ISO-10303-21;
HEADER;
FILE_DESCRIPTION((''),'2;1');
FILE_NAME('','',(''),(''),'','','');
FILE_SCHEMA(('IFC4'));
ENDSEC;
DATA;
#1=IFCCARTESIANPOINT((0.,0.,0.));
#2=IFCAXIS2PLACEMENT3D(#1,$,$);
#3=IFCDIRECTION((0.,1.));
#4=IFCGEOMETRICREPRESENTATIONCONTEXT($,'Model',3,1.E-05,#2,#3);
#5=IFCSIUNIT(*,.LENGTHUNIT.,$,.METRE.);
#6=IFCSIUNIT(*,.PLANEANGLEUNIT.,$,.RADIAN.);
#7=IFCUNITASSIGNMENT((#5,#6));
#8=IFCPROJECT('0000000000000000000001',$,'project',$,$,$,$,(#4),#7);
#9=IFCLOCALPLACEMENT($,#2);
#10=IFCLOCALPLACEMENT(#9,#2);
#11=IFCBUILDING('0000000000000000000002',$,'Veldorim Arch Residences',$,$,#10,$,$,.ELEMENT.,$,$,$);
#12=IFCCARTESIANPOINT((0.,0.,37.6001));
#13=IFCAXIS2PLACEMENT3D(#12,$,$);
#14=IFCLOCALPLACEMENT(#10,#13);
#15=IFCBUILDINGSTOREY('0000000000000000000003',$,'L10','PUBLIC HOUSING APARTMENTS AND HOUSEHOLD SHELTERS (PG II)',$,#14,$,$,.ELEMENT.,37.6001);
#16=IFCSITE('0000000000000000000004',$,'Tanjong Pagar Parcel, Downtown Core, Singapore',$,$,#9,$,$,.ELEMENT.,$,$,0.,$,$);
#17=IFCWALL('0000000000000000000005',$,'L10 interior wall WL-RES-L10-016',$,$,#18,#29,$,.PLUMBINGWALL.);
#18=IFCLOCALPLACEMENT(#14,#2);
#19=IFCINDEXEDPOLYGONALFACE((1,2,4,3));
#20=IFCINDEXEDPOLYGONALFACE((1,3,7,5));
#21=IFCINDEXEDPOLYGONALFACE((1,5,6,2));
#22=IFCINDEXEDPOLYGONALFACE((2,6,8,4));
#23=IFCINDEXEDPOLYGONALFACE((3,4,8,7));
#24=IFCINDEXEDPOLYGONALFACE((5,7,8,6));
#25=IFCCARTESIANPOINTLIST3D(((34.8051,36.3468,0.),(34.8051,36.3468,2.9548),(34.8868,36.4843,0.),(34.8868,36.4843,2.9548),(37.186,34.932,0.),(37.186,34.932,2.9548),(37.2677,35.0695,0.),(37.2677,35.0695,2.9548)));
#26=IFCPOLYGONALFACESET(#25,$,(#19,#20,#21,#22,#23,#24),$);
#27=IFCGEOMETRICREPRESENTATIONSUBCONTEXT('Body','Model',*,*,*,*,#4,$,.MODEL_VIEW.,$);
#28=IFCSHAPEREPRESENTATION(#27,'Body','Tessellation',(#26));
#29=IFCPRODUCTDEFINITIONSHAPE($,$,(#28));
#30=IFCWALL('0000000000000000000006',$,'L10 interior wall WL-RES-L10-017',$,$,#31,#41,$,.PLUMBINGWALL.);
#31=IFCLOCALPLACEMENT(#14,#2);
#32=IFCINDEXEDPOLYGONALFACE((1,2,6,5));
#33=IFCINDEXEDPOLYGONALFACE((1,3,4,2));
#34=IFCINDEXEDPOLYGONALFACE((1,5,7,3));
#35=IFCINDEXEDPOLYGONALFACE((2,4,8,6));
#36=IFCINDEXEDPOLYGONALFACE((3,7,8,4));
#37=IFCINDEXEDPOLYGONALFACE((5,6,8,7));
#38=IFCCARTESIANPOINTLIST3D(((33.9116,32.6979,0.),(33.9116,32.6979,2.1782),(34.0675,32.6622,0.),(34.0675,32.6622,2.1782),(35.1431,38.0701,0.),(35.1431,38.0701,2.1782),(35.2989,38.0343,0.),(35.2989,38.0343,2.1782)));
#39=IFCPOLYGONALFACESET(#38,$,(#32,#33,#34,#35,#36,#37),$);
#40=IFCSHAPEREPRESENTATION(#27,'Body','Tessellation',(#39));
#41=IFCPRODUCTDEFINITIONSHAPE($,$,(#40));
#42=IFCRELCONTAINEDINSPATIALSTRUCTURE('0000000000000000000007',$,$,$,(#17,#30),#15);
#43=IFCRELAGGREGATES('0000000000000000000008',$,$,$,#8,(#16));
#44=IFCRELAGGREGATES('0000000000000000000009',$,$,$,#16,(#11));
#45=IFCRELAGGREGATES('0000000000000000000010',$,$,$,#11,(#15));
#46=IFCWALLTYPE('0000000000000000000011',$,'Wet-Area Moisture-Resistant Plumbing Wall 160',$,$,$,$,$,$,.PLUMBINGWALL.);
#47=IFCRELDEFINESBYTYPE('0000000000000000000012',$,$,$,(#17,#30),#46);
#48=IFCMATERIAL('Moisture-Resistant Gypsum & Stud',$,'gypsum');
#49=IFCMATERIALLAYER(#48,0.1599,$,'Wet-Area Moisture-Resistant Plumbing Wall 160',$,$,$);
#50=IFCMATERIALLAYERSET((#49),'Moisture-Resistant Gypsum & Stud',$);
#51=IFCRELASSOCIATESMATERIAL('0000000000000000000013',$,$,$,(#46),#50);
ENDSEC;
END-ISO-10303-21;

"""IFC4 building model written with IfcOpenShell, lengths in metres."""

from ifc_helpers import new_model, si_unit, direction, frame, frame_2d, origin, place, context, subcontext, project, spatial, rectangle, extrude, material, layer, layer_set, type_object, element, save


model = new_model("IFC4")

# Units and contexts
model_context = context("Model", 3, precision=1e-05, world=origin(), true_north=direction((0.0, 1.0)))
body_context = subcontext(model_context, "Body", "Model", "MODEL_VIEW")
ifc_project = project(units=[si_unit("LENGTHUNIT", "METRE"), si_unit("PLANEANGLEUNIT", "RADIAN")], contexts=[model_context])

# Site, building, storey
site_placement = place(None, origin())
site = spatial("IfcSite", under=ifc_project, at=site_placement, Name="Tanjong Pagar Parcel, Downtown Core, Singapore", CompositionType="ELEMENT", RefElevation=0.0)
building_placement = place(site_placement, origin())
building = spatial("IfcBuilding", under=site, at=building_placement, Name="Veldorim Arch Residences", CompositionType="ELEMENT")
storey_placement = place(building_placement, frame((0.0, 0.0, 37.6001)))
storey = spatial("IfcBuildingStorey", under=building, at=storey_placement, Name="L10", Description="PUBLIC HOUSING APARTMENTS AND HOUSEHOLD SHELTERS (PG II)", CompositionType="ELEMENT", Elevation=37.6001)

# Shared definitions
ifc_material_1 = material(Name="Moisture-Resistant Gypsum & Stud", Category="gypsum")
ifc_layer_1 = layer(ifc_material_1, 0.1599, Name="Wet-Area Moisture-Resistant Plumbing Wall 160")
ifc_layer_set_1 = layer_set([ifc_layer_1], Name="Moisture-Resistant Gypsum & Stud")
wall_type_1 = type_object("IfcWallType", Name="Wet-Area Moisture-Resistant Plumbing Wall 160", PredefinedType="PLUMBINGWALL", material=ifc_layer_set_1)

# Walls
wall_1_placement = place(storey_placement, frame((37.2268, 35.0007, 0.0), z_axis=(0.0, 0.0, 1.0), x_axis=(-0.859671, 0.510848, 0.0)))
element("IfcWall", 1, at=wall_1_placement, inside=storey, type_object=wall_type_1, Name="L10 interior wall WL-RES-L10-016", PredefinedType="PLUMBINGWALL", context=body_context, shape_type="SweptSolid", body=[
    extrude(rectangle(XDim=2.7695, YDim=0.1599, at=frame_2d((1.3848, 0.0))), origin(), (0.0, 0.0, 1.0), 2.9548),
])
wall_2_placement = place(storey_placement, frame((33.9895, 32.6799, 0.0), z_axis=(0.0, 0.0, 1.0), x_axis=(0.223436, 0.974719, 0.0)))
element("IfcWall", 2, at=wall_2_placement, inside=storey, type_object=wall_type_1, Name="L10 interior wall WL-RES-L10-017", PredefinedType="PLUMBINGWALL", context=body_context, shape_type="SweptSolid", body=[
    extrude(rectangle(XDim=5.5115, YDim=0.1599, at=frame_2d((2.7559, 0.0))), origin(), (0.0, 0.0, 1.0), 2.1782),
])

save(model, "model.ifc")
